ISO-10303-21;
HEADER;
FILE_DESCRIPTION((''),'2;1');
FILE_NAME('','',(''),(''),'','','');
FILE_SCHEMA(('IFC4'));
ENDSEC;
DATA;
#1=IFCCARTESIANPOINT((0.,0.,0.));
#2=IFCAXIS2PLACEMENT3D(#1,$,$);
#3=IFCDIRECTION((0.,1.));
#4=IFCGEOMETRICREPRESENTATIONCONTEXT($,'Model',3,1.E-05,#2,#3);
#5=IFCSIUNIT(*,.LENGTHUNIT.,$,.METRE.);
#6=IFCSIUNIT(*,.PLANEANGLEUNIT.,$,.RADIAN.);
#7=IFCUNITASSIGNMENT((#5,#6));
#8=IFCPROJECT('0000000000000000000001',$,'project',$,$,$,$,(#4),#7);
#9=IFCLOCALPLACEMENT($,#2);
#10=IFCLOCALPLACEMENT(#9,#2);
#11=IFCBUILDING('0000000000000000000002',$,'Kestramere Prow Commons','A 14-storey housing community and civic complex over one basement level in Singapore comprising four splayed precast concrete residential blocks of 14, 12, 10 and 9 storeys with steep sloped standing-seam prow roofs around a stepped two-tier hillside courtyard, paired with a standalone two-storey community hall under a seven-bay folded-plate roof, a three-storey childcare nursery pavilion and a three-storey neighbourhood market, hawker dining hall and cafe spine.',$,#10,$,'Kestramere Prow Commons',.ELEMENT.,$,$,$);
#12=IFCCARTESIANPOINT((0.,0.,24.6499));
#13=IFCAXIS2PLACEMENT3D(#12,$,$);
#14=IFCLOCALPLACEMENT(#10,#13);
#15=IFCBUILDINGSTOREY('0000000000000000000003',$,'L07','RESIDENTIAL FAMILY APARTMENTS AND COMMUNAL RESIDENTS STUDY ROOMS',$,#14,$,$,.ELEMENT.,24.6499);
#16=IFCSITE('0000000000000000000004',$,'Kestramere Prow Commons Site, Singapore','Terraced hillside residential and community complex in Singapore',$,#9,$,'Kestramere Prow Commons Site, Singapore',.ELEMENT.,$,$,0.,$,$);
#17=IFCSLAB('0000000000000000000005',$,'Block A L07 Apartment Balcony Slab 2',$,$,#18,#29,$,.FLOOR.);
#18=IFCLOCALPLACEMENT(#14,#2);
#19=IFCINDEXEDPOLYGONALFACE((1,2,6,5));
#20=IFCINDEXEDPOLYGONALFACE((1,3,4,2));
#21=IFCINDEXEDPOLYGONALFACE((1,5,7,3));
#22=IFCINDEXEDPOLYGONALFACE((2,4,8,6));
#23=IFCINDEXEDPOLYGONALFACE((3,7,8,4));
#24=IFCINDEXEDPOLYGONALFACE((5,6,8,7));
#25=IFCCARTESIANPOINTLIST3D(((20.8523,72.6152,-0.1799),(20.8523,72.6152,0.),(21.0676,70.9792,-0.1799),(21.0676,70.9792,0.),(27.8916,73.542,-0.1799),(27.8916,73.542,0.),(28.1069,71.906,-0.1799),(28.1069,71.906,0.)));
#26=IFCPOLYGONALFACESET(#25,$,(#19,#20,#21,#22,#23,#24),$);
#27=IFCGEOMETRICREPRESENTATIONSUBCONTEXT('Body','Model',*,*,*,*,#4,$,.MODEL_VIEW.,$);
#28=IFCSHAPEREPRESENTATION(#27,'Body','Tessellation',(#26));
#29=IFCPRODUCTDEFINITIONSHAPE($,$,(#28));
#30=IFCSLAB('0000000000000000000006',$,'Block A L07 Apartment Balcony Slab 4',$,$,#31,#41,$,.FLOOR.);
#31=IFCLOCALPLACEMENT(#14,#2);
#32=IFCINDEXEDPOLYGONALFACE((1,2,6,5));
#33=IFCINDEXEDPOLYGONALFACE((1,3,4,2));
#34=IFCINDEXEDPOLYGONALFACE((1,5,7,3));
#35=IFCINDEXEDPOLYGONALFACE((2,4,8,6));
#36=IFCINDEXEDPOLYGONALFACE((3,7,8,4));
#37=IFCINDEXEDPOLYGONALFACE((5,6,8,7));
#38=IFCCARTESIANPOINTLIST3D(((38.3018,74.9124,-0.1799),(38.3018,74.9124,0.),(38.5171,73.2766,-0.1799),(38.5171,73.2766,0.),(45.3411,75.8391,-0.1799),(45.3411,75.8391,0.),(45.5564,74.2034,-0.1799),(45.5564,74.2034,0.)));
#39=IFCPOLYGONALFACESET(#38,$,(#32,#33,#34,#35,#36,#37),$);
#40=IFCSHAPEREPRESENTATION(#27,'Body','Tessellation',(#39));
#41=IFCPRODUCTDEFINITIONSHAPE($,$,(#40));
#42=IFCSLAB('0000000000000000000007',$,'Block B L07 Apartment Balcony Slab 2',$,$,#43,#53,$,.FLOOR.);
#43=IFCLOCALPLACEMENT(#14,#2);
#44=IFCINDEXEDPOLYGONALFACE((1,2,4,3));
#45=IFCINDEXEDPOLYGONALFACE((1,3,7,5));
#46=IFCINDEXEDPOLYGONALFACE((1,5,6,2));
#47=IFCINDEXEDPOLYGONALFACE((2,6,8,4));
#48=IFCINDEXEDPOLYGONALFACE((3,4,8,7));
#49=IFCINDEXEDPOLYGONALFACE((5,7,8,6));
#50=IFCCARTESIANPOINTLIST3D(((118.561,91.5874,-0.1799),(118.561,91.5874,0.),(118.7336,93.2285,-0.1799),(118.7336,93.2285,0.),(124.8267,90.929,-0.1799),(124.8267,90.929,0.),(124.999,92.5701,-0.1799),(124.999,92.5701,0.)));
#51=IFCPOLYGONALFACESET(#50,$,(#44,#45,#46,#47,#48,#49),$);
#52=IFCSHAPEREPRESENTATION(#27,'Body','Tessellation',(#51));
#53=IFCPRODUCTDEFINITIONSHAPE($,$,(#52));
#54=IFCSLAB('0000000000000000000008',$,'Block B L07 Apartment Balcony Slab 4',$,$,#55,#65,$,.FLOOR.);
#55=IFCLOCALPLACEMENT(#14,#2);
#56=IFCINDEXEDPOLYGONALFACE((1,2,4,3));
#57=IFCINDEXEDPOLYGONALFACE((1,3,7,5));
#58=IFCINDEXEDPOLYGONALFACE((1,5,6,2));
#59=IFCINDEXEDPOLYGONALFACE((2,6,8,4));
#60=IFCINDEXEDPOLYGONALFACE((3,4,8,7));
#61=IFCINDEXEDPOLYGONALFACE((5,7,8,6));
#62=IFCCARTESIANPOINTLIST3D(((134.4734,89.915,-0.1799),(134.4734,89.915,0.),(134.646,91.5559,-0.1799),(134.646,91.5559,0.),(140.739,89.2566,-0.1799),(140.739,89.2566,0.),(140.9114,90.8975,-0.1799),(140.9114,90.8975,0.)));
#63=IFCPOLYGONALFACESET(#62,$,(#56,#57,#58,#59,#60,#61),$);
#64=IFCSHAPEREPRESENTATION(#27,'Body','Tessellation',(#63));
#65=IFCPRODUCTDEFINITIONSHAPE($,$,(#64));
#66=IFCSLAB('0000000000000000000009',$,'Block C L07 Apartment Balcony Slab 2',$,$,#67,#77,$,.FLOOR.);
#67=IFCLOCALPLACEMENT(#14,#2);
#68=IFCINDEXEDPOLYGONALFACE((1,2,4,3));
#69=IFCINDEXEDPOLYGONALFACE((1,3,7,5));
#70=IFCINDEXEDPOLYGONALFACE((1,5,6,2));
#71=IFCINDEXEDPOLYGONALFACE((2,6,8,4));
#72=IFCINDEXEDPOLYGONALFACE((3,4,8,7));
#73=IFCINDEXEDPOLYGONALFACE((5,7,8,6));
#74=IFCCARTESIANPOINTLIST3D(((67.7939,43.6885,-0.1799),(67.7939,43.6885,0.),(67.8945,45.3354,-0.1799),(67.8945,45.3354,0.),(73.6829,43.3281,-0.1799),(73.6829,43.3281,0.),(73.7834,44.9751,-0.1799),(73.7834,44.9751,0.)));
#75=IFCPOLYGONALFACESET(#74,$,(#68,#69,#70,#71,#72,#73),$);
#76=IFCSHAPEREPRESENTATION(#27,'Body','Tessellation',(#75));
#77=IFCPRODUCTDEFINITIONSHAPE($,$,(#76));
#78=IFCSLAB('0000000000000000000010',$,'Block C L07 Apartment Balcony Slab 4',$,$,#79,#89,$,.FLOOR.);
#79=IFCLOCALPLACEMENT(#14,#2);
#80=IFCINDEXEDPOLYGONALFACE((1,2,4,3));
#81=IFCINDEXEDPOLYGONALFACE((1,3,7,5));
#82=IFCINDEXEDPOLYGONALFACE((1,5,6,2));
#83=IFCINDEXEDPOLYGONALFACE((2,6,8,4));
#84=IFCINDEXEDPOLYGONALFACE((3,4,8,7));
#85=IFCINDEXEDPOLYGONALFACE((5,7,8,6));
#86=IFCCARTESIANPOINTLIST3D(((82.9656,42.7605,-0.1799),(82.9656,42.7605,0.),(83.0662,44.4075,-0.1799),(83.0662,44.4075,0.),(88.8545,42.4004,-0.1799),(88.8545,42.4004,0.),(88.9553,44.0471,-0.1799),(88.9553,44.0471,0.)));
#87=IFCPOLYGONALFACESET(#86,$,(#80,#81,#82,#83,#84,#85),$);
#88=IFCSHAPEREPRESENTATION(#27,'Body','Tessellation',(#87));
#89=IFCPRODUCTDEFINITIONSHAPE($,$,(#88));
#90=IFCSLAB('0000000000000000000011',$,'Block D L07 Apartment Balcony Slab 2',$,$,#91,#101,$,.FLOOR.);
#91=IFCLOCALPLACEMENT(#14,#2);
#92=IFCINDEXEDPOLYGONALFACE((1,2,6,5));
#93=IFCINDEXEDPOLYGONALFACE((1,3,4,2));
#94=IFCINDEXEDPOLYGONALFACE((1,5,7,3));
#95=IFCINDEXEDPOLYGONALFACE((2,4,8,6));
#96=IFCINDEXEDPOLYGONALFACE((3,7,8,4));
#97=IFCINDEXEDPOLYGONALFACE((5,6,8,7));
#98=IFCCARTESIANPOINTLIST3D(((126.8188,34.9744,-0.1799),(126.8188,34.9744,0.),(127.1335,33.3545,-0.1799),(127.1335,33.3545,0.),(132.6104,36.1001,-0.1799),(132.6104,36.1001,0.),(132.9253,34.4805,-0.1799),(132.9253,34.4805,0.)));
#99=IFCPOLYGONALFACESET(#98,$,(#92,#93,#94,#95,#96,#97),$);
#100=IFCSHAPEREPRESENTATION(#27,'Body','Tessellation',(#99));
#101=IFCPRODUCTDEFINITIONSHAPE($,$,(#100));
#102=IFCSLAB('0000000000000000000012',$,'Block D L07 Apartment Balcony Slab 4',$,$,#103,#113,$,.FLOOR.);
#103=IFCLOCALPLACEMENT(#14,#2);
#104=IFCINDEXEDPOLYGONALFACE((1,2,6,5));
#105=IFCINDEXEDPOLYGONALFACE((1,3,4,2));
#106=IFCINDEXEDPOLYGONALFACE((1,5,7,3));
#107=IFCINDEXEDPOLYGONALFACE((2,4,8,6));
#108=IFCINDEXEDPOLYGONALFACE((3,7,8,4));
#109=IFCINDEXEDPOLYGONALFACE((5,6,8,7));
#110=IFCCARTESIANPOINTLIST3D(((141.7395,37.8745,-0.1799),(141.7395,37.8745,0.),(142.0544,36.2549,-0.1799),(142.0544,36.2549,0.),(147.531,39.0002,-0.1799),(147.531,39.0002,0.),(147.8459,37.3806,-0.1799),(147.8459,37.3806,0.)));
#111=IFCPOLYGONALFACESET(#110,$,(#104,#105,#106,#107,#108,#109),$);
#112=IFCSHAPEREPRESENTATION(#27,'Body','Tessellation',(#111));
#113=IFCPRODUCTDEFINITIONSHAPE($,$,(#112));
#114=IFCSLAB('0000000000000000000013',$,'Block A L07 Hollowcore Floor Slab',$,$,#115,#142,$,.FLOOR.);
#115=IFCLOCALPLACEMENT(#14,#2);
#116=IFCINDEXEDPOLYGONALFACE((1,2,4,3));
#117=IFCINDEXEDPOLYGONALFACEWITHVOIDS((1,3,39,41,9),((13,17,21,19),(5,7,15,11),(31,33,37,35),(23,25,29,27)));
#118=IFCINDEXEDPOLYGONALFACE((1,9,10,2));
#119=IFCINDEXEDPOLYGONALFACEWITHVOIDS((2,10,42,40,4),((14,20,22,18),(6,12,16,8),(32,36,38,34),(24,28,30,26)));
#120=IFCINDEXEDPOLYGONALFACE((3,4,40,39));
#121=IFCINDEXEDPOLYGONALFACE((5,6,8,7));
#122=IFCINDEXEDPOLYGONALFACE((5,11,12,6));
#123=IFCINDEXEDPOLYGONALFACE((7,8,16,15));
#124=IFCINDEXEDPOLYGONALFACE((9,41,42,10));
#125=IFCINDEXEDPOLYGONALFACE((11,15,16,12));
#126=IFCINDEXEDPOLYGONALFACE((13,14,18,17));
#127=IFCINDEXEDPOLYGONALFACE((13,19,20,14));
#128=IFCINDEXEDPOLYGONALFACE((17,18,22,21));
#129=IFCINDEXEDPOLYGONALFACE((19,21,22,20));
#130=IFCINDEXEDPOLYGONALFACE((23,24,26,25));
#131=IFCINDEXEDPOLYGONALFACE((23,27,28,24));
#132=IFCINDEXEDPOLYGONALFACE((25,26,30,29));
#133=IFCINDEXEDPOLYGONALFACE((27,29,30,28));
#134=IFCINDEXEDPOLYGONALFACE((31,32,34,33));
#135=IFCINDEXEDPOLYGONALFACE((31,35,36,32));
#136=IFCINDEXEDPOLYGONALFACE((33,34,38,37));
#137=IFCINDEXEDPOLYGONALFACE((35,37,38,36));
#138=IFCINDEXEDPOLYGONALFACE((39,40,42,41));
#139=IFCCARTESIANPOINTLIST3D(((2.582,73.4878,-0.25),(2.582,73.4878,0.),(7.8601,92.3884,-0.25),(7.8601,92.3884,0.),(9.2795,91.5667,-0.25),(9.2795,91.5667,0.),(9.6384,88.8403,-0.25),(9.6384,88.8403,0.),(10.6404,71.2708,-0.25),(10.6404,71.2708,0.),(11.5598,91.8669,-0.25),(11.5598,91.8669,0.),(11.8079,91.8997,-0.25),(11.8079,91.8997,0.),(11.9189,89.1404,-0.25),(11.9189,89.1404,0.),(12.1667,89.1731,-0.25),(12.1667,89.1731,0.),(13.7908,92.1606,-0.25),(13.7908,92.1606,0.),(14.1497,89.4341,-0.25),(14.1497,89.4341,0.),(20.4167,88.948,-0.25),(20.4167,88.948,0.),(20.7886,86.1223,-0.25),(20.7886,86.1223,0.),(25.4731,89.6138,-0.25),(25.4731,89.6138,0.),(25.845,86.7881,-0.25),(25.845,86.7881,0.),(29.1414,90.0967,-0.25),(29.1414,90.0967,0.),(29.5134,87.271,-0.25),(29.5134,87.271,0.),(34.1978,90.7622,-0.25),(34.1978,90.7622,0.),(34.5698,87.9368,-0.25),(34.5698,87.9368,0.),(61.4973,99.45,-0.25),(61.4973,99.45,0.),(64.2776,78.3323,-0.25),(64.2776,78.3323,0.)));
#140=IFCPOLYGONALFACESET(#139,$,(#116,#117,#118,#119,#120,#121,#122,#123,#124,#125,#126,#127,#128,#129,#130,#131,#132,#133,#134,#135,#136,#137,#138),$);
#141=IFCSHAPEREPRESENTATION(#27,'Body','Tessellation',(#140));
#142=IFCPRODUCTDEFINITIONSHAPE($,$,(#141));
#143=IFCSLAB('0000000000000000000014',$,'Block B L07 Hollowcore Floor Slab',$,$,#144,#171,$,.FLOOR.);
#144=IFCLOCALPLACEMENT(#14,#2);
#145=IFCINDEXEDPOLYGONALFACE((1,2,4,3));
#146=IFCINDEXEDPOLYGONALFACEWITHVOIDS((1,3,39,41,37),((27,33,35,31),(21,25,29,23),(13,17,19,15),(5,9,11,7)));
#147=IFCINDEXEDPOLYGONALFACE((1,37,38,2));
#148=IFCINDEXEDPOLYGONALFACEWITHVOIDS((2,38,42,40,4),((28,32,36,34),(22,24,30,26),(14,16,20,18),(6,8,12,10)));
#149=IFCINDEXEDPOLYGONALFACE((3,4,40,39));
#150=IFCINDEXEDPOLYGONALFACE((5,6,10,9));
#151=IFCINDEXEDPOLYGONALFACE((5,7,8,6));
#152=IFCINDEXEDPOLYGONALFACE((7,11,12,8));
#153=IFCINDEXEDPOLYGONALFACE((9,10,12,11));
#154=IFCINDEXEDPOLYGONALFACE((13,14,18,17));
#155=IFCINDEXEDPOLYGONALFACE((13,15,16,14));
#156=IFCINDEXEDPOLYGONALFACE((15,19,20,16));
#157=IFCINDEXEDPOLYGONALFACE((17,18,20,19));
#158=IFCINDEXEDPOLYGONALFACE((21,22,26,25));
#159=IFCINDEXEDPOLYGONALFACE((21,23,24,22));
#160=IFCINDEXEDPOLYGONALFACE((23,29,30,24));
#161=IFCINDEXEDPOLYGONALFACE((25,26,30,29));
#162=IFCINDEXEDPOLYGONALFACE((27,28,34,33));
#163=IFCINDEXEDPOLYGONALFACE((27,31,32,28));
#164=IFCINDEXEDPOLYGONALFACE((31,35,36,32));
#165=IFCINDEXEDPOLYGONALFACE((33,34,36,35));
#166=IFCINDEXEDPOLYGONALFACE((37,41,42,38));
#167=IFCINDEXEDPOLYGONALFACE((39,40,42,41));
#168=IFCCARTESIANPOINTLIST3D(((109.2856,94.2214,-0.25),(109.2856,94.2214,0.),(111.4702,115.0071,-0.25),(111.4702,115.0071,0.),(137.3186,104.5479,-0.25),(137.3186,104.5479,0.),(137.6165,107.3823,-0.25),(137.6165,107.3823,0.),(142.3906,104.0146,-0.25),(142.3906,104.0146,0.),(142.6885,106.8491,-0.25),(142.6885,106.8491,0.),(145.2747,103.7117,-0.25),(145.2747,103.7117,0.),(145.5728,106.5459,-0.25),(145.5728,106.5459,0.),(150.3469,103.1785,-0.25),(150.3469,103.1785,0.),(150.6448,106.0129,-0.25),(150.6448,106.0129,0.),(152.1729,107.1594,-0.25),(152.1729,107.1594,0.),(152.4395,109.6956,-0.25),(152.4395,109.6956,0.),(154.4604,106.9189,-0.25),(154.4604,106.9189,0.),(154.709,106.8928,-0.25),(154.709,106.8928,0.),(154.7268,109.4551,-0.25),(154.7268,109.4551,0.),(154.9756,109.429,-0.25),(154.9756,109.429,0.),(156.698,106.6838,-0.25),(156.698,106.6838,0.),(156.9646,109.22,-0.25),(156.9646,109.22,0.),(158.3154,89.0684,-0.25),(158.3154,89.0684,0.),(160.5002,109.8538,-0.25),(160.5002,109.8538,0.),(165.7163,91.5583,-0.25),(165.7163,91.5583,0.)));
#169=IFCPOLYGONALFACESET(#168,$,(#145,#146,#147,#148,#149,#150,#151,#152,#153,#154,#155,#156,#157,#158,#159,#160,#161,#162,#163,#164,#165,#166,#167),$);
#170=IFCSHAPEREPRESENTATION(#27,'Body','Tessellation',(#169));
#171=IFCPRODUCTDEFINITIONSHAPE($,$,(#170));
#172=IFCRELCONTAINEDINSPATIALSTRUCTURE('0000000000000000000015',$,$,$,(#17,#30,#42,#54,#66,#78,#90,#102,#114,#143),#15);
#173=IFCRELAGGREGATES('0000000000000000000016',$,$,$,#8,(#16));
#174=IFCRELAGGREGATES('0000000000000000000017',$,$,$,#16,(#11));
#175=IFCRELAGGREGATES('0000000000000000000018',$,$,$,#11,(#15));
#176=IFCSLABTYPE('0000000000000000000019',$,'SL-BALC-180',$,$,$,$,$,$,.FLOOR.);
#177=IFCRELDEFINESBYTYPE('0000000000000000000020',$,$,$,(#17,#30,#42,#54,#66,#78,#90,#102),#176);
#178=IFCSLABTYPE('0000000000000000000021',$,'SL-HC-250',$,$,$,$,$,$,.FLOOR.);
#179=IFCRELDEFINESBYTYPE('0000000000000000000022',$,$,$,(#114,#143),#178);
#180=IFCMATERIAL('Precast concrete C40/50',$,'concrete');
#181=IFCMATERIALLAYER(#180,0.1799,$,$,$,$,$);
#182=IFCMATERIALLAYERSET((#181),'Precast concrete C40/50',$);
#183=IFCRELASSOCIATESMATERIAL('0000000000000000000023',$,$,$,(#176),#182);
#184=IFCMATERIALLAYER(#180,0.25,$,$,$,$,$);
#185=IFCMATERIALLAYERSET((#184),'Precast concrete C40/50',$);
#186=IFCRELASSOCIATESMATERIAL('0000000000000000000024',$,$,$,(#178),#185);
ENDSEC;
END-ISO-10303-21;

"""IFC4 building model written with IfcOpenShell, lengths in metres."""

from ifc_helpers import new_model, si_unit, direction, frame, origin, place, context, subcontext, project, spatial, polyline, outline, extrude, material, layer, layer_set, type_object, element, save


model = new_model("IFC4")

# Units and contexts
model_context = context("Model", 3, precision=1e-05, world=origin(), true_north=direction((0.0, 1.0)))
body_context = subcontext(model_context, "Body", "Model", "MODEL_VIEW")
ifc_project = project(units=[si_unit("LENGTHUNIT", "METRE"), si_unit("PLANEANGLEUNIT", "RADIAN")], contexts=[model_context])

# Site, building, storey
site_placement = place(None, origin())
site = spatial("IfcSite", under=ifc_project, at=site_placement, Name="Kestramere Prow Commons Site, Singapore", Description="Terraced hillside residential and community complex in Singapore", LongName="Kestramere Prow Commons Site, Singapore", CompositionType="ELEMENT", RefElevation=0.0)
building_placement = place(site_placement, origin())
building = spatial("IfcBuilding", under=site, at=building_placement, Name="Kestramere Prow Commons", Description="A 14-storey housing community and civic complex over one basement level in Singapore comprising four splayed precast concrete residential blocks of 14, 12, 10 and 9 storeys with steep sloped standing-seam prow roofs around a stepped two-tier hillside courtyard, paired with a standalone two-storey community hall under a seven-bay folded-plate roof, a three-storey childcare nursery pavilion and a three-storey neighbourhood market, hawker dining hall and cafe spine.", LongName="Kestramere Prow Commons", CompositionType="ELEMENT")
storey_placement = place(building_placement, frame((0.0, 0.0, 24.6499)))
storey = spatial("IfcBuildingStorey", under=building, at=storey_placement, Name="L07", Description="RESIDENTIAL FAMILY APARTMENTS AND COMMUNAL RESIDENTS STUDY ROOMS", CompositionType="ELEMENT", Elevation=24.6499)

# Slabs
ifc_material_1 = material(Name="Precast concrete C40/50", Category="concrete")
ifc_layer_1 = layer(ifc_material_1, 0.1799)
ifc_layer_set_1 = layer_set([ifc_layer_1], Name="Precast concrete C40/50")
slab_type_1 = type_object("IfcSlabType", Name="SL-BALC-180", PredefinedType="FLOOR", material=ifc_layer_set_1)
slab_1_placement = place(storey_placement, frame((0.0, 0.0, -0.1799)))
element("IfcSlab", 1, at=slab_1_placement, inside=storey, type_object=slab_type_1, Name="Block A L07 Apartment Balcony Slab 2", PredefinedType="FLOOR", context=body_context, shape_type="SweptSolid", body=[
    extrude(outline(polyline([(21.0676, 70.9792), (28.1069, 71.906), (27.8916, 73.542), (20.8523, 72.6152), (21.0676, 70.9792)])), origin(), (0.0, 0.0, 1.0), 0.1799),
])
slab_2_placement = place(storey_placement, frame((0.0, 0.0, -0.1799)))
element("IfcSlab", 2, at=slab_2_placement, inside=storey, type_object=slab_type_1, Name="Block A L07 Apartment Balcony Slab 4", PredefinedType="FLOOR", context=body_context, shape_type="SweptSolid", body=[
    extrude(outline(polyline([(38.5171, 73.2766), (45.5564, 74.2034), (45.3411, 75.8391), (38.3018, 74.9124), (38.5171, 73.2766)])), origin(), (0.0, 0.0, 1.0), 0.1799),
])
slab_3_placement = place(storey_placement, frame((0.0, 0.0, -0.1799)))
element("IfcSlab", 3, at=slab_3_placement, inside=storey, type_object=slab_type_1, Name="Block B L07 Apartment Balcony Slab 2", PredefinedType="FLOOR", context=body_context, shape_type="SweptSolid", body=[
    extrude(outline(polyline([(118.561, 91.5874), (124.8267, 90.929), (124.999, 92.5701), (118.7336, 93.2285), (118.561, 91.5874)])), origin(), (0.0, 0.0, 1.0), 0.1799),
])
slab_4_placement = place(storey_placement, frame((0.0, 0.0, -0.1799)))
element("IfcSlab", 4, at=slab_4_placement, inside=storey, type_object=slab_type_1, Name="Block B L07 Apartment Balcony Slab 4", PredefinedType="FLOOR", context=body_context, shape_type="SweptSolid", body=[
    extrude(outline(polyline([(134.4734, 89.915), (140.739, 89.2566), (140.9114, 90.8975), (134.646, 91.5559), (134.4734, 89.915)])), origin(), (0.0, 0.0, 1.0), 0.1799),
])
slab_5_placement = place(storey_placement, frame((0.0, 0.0, -0.1799)))
element("IfcSlab", 5, at=slab_5_placement, inside=storey, type_object=slab_type_1, Name="Block C L07 Apartment Balcony Slab 2", PredefinedType="FLOOR", context=body_context, shape_type="SweptSolid", body=[
    extrude(outline(polyline([(67.7939, 43.6885), (73.6829, 43.3281), (73.7834, 44.9751), (67.8945, 45.3354), (67.7939, 43.6885)])), origin(), (0.0, 0.0, 1.0), 0.1799),
])
slab_6_placement = place(storey_placement, frame((0.0, 0.0, -0.1799)))
element("IfcSlab", 6, at=slab_6_placement, inside=storey, type_object=slab_type_1, Name="Block C L07 Apartment Balcony Slab 4", PredefinedType="FLOOR", context=body_context, shape_type="SweptSolid", body=[
    extrude(outline(polyline([(82.9656, 42.7605), (88.8545, 42.4004), (88.9553, 44.0471), (83.0662, 44.4075), (82.9656, 42.7605)])), origin(), (0.0, 0.0, 1.0), 0.1799),
])
slab_7_placement = place(storey_placement, frame((0.0, 0.0, -0.1799)))
element("IfcSlab", 7, at=slab_7_placement, inside=storey, type_object=slab_type_1, Name="Block D L07 Apartment Balcony Slab 2", PredefinedType="FLOOR", context=body_context, shape_type="SweptSolid", body=[
    extrude(outline(polyline([(127.1335, 33.3545), (132.9253, 34.4805), (132.6104, 36.1001), (126.8188, 34.9744), (127.1335, 33.3545)])), origin(), (0.0, 0.0, 1.0), 0.1799),
])
slab_8_placement = place(storey_placement, frame((0.0, 0.0, -0.1799)))
element("IfcSlab", 8, at=slab_8_placement, inside=storey, type_object=slab_type_1, Name="Block D L07 Apartment Balcony Slab 4", PredefinedType="FLOOR", context=body_context, shape_type="SweptSolid", body=[
    extrude(outline(polyline([(142.0544, 36.2549), (147.8459, 37.3806), (147.531, 39.0002), (141.7395, 37.8745), (142.0544, 36.2549)])), origin(), (0.0, 0.0, 1.0), 0.1799),
])
ifc_layer_2 = layer(ifc_material_1, 0.25)
ifc_layer_set_2 = layer_set([ifc_layer_2], Name="Precast concrete C40/50")
slab_type_2 = type_object("IfcSlabType", Name="SL-HC-250", PredefinedType="FLOOR", material=ifc_layer_set_2)
slab_9_placement = place(storey_placement, frame((0.0, 0.0, -0.25)))
element("IfcSlab", 9, at=slab_9_placement, inside=storey, type_object=slab_type_2, Name="Block A L07 Hollowcore Floor Slab", PredefinedType="FLOOR", context=body_context, shape_type="SweptSolid", body=[
    extrude(outline(polyline([(2.582, 73.4878), (10.6404, 71.2708), (64.2776, 78.3323), (61.4973, 99.45), (7.8601, 92.3884), (2.582, 73.4878)]), holes=[polyline([(9.6384, 88.8403), (11.9189, 89.1404), (11.5598, 91.8669), (9.2795, 91.5667), (9.6384, 88.8403)]), polyline([(12.1667, 89.1731), (14.1497, 89.4341), (13.7908, 92.1606), (11.8079, 91.8997), (12.1667, 89.1731)]), polyline([(20.7886, 86.1223), (25.845, 86.7881), (25.4731, 89.6138), (20.4167, 88.948), (20.7886, 86.1223)]), polyline([(29.5134, 87.271), (34.5698, 87.9368), (34.1978, 90.7622), (29.1414, 90.0967), (29.5134, 87.271)])]), origin(), (0.0, 0.0, 1.0), 0.25),
])
slab_10_placement = place(storey_placement, frame((0.0, 0.0, -0.25)))
element("IfcSlab", 10, at=slab_10_placement, inside=storey, type_object=slab_type_2, Name="Block B L07 Hollowcore Floor Slab", PredefinedType="FLOOR", context=body_context, shape_type="SweptSolid", body=[
    extrude(outline(polyline([(109.2856, 94.2214), (158.3154, 89.0684), (165.7163, 91.5583), (160.5002, 109.8538), (111.4702, 115.0071), (109.2856, 94.2214)]), holes=[polyline([(152.1729, 107.1594), (154.4604, 106.9189), (154.7268, 109.4551), (152.4395, 109.6956), (152.1729, 107.1594)]), polyline([(154.709, 106.8928), (156.698, 106.6838), (156.9646, 109.22), (154.9756, 109.429), (154.709, 106.8928)]), polyline([(137.3186, 104.5479), (142.3906, 104.0146), (142.6885, 106.8491), (137.6165, 107.3823), (137.3186, 104.5479)]), polyline([(145.2747, 103.7117), (150.3469, 103.1785), (150.6448, 106.0129), (145.5728, 106.5459), (145.2747, 103.7117)])]), origin(), (0.0, 0.0, 1.0), 0.25),
])

save(model, "model.ifc")
